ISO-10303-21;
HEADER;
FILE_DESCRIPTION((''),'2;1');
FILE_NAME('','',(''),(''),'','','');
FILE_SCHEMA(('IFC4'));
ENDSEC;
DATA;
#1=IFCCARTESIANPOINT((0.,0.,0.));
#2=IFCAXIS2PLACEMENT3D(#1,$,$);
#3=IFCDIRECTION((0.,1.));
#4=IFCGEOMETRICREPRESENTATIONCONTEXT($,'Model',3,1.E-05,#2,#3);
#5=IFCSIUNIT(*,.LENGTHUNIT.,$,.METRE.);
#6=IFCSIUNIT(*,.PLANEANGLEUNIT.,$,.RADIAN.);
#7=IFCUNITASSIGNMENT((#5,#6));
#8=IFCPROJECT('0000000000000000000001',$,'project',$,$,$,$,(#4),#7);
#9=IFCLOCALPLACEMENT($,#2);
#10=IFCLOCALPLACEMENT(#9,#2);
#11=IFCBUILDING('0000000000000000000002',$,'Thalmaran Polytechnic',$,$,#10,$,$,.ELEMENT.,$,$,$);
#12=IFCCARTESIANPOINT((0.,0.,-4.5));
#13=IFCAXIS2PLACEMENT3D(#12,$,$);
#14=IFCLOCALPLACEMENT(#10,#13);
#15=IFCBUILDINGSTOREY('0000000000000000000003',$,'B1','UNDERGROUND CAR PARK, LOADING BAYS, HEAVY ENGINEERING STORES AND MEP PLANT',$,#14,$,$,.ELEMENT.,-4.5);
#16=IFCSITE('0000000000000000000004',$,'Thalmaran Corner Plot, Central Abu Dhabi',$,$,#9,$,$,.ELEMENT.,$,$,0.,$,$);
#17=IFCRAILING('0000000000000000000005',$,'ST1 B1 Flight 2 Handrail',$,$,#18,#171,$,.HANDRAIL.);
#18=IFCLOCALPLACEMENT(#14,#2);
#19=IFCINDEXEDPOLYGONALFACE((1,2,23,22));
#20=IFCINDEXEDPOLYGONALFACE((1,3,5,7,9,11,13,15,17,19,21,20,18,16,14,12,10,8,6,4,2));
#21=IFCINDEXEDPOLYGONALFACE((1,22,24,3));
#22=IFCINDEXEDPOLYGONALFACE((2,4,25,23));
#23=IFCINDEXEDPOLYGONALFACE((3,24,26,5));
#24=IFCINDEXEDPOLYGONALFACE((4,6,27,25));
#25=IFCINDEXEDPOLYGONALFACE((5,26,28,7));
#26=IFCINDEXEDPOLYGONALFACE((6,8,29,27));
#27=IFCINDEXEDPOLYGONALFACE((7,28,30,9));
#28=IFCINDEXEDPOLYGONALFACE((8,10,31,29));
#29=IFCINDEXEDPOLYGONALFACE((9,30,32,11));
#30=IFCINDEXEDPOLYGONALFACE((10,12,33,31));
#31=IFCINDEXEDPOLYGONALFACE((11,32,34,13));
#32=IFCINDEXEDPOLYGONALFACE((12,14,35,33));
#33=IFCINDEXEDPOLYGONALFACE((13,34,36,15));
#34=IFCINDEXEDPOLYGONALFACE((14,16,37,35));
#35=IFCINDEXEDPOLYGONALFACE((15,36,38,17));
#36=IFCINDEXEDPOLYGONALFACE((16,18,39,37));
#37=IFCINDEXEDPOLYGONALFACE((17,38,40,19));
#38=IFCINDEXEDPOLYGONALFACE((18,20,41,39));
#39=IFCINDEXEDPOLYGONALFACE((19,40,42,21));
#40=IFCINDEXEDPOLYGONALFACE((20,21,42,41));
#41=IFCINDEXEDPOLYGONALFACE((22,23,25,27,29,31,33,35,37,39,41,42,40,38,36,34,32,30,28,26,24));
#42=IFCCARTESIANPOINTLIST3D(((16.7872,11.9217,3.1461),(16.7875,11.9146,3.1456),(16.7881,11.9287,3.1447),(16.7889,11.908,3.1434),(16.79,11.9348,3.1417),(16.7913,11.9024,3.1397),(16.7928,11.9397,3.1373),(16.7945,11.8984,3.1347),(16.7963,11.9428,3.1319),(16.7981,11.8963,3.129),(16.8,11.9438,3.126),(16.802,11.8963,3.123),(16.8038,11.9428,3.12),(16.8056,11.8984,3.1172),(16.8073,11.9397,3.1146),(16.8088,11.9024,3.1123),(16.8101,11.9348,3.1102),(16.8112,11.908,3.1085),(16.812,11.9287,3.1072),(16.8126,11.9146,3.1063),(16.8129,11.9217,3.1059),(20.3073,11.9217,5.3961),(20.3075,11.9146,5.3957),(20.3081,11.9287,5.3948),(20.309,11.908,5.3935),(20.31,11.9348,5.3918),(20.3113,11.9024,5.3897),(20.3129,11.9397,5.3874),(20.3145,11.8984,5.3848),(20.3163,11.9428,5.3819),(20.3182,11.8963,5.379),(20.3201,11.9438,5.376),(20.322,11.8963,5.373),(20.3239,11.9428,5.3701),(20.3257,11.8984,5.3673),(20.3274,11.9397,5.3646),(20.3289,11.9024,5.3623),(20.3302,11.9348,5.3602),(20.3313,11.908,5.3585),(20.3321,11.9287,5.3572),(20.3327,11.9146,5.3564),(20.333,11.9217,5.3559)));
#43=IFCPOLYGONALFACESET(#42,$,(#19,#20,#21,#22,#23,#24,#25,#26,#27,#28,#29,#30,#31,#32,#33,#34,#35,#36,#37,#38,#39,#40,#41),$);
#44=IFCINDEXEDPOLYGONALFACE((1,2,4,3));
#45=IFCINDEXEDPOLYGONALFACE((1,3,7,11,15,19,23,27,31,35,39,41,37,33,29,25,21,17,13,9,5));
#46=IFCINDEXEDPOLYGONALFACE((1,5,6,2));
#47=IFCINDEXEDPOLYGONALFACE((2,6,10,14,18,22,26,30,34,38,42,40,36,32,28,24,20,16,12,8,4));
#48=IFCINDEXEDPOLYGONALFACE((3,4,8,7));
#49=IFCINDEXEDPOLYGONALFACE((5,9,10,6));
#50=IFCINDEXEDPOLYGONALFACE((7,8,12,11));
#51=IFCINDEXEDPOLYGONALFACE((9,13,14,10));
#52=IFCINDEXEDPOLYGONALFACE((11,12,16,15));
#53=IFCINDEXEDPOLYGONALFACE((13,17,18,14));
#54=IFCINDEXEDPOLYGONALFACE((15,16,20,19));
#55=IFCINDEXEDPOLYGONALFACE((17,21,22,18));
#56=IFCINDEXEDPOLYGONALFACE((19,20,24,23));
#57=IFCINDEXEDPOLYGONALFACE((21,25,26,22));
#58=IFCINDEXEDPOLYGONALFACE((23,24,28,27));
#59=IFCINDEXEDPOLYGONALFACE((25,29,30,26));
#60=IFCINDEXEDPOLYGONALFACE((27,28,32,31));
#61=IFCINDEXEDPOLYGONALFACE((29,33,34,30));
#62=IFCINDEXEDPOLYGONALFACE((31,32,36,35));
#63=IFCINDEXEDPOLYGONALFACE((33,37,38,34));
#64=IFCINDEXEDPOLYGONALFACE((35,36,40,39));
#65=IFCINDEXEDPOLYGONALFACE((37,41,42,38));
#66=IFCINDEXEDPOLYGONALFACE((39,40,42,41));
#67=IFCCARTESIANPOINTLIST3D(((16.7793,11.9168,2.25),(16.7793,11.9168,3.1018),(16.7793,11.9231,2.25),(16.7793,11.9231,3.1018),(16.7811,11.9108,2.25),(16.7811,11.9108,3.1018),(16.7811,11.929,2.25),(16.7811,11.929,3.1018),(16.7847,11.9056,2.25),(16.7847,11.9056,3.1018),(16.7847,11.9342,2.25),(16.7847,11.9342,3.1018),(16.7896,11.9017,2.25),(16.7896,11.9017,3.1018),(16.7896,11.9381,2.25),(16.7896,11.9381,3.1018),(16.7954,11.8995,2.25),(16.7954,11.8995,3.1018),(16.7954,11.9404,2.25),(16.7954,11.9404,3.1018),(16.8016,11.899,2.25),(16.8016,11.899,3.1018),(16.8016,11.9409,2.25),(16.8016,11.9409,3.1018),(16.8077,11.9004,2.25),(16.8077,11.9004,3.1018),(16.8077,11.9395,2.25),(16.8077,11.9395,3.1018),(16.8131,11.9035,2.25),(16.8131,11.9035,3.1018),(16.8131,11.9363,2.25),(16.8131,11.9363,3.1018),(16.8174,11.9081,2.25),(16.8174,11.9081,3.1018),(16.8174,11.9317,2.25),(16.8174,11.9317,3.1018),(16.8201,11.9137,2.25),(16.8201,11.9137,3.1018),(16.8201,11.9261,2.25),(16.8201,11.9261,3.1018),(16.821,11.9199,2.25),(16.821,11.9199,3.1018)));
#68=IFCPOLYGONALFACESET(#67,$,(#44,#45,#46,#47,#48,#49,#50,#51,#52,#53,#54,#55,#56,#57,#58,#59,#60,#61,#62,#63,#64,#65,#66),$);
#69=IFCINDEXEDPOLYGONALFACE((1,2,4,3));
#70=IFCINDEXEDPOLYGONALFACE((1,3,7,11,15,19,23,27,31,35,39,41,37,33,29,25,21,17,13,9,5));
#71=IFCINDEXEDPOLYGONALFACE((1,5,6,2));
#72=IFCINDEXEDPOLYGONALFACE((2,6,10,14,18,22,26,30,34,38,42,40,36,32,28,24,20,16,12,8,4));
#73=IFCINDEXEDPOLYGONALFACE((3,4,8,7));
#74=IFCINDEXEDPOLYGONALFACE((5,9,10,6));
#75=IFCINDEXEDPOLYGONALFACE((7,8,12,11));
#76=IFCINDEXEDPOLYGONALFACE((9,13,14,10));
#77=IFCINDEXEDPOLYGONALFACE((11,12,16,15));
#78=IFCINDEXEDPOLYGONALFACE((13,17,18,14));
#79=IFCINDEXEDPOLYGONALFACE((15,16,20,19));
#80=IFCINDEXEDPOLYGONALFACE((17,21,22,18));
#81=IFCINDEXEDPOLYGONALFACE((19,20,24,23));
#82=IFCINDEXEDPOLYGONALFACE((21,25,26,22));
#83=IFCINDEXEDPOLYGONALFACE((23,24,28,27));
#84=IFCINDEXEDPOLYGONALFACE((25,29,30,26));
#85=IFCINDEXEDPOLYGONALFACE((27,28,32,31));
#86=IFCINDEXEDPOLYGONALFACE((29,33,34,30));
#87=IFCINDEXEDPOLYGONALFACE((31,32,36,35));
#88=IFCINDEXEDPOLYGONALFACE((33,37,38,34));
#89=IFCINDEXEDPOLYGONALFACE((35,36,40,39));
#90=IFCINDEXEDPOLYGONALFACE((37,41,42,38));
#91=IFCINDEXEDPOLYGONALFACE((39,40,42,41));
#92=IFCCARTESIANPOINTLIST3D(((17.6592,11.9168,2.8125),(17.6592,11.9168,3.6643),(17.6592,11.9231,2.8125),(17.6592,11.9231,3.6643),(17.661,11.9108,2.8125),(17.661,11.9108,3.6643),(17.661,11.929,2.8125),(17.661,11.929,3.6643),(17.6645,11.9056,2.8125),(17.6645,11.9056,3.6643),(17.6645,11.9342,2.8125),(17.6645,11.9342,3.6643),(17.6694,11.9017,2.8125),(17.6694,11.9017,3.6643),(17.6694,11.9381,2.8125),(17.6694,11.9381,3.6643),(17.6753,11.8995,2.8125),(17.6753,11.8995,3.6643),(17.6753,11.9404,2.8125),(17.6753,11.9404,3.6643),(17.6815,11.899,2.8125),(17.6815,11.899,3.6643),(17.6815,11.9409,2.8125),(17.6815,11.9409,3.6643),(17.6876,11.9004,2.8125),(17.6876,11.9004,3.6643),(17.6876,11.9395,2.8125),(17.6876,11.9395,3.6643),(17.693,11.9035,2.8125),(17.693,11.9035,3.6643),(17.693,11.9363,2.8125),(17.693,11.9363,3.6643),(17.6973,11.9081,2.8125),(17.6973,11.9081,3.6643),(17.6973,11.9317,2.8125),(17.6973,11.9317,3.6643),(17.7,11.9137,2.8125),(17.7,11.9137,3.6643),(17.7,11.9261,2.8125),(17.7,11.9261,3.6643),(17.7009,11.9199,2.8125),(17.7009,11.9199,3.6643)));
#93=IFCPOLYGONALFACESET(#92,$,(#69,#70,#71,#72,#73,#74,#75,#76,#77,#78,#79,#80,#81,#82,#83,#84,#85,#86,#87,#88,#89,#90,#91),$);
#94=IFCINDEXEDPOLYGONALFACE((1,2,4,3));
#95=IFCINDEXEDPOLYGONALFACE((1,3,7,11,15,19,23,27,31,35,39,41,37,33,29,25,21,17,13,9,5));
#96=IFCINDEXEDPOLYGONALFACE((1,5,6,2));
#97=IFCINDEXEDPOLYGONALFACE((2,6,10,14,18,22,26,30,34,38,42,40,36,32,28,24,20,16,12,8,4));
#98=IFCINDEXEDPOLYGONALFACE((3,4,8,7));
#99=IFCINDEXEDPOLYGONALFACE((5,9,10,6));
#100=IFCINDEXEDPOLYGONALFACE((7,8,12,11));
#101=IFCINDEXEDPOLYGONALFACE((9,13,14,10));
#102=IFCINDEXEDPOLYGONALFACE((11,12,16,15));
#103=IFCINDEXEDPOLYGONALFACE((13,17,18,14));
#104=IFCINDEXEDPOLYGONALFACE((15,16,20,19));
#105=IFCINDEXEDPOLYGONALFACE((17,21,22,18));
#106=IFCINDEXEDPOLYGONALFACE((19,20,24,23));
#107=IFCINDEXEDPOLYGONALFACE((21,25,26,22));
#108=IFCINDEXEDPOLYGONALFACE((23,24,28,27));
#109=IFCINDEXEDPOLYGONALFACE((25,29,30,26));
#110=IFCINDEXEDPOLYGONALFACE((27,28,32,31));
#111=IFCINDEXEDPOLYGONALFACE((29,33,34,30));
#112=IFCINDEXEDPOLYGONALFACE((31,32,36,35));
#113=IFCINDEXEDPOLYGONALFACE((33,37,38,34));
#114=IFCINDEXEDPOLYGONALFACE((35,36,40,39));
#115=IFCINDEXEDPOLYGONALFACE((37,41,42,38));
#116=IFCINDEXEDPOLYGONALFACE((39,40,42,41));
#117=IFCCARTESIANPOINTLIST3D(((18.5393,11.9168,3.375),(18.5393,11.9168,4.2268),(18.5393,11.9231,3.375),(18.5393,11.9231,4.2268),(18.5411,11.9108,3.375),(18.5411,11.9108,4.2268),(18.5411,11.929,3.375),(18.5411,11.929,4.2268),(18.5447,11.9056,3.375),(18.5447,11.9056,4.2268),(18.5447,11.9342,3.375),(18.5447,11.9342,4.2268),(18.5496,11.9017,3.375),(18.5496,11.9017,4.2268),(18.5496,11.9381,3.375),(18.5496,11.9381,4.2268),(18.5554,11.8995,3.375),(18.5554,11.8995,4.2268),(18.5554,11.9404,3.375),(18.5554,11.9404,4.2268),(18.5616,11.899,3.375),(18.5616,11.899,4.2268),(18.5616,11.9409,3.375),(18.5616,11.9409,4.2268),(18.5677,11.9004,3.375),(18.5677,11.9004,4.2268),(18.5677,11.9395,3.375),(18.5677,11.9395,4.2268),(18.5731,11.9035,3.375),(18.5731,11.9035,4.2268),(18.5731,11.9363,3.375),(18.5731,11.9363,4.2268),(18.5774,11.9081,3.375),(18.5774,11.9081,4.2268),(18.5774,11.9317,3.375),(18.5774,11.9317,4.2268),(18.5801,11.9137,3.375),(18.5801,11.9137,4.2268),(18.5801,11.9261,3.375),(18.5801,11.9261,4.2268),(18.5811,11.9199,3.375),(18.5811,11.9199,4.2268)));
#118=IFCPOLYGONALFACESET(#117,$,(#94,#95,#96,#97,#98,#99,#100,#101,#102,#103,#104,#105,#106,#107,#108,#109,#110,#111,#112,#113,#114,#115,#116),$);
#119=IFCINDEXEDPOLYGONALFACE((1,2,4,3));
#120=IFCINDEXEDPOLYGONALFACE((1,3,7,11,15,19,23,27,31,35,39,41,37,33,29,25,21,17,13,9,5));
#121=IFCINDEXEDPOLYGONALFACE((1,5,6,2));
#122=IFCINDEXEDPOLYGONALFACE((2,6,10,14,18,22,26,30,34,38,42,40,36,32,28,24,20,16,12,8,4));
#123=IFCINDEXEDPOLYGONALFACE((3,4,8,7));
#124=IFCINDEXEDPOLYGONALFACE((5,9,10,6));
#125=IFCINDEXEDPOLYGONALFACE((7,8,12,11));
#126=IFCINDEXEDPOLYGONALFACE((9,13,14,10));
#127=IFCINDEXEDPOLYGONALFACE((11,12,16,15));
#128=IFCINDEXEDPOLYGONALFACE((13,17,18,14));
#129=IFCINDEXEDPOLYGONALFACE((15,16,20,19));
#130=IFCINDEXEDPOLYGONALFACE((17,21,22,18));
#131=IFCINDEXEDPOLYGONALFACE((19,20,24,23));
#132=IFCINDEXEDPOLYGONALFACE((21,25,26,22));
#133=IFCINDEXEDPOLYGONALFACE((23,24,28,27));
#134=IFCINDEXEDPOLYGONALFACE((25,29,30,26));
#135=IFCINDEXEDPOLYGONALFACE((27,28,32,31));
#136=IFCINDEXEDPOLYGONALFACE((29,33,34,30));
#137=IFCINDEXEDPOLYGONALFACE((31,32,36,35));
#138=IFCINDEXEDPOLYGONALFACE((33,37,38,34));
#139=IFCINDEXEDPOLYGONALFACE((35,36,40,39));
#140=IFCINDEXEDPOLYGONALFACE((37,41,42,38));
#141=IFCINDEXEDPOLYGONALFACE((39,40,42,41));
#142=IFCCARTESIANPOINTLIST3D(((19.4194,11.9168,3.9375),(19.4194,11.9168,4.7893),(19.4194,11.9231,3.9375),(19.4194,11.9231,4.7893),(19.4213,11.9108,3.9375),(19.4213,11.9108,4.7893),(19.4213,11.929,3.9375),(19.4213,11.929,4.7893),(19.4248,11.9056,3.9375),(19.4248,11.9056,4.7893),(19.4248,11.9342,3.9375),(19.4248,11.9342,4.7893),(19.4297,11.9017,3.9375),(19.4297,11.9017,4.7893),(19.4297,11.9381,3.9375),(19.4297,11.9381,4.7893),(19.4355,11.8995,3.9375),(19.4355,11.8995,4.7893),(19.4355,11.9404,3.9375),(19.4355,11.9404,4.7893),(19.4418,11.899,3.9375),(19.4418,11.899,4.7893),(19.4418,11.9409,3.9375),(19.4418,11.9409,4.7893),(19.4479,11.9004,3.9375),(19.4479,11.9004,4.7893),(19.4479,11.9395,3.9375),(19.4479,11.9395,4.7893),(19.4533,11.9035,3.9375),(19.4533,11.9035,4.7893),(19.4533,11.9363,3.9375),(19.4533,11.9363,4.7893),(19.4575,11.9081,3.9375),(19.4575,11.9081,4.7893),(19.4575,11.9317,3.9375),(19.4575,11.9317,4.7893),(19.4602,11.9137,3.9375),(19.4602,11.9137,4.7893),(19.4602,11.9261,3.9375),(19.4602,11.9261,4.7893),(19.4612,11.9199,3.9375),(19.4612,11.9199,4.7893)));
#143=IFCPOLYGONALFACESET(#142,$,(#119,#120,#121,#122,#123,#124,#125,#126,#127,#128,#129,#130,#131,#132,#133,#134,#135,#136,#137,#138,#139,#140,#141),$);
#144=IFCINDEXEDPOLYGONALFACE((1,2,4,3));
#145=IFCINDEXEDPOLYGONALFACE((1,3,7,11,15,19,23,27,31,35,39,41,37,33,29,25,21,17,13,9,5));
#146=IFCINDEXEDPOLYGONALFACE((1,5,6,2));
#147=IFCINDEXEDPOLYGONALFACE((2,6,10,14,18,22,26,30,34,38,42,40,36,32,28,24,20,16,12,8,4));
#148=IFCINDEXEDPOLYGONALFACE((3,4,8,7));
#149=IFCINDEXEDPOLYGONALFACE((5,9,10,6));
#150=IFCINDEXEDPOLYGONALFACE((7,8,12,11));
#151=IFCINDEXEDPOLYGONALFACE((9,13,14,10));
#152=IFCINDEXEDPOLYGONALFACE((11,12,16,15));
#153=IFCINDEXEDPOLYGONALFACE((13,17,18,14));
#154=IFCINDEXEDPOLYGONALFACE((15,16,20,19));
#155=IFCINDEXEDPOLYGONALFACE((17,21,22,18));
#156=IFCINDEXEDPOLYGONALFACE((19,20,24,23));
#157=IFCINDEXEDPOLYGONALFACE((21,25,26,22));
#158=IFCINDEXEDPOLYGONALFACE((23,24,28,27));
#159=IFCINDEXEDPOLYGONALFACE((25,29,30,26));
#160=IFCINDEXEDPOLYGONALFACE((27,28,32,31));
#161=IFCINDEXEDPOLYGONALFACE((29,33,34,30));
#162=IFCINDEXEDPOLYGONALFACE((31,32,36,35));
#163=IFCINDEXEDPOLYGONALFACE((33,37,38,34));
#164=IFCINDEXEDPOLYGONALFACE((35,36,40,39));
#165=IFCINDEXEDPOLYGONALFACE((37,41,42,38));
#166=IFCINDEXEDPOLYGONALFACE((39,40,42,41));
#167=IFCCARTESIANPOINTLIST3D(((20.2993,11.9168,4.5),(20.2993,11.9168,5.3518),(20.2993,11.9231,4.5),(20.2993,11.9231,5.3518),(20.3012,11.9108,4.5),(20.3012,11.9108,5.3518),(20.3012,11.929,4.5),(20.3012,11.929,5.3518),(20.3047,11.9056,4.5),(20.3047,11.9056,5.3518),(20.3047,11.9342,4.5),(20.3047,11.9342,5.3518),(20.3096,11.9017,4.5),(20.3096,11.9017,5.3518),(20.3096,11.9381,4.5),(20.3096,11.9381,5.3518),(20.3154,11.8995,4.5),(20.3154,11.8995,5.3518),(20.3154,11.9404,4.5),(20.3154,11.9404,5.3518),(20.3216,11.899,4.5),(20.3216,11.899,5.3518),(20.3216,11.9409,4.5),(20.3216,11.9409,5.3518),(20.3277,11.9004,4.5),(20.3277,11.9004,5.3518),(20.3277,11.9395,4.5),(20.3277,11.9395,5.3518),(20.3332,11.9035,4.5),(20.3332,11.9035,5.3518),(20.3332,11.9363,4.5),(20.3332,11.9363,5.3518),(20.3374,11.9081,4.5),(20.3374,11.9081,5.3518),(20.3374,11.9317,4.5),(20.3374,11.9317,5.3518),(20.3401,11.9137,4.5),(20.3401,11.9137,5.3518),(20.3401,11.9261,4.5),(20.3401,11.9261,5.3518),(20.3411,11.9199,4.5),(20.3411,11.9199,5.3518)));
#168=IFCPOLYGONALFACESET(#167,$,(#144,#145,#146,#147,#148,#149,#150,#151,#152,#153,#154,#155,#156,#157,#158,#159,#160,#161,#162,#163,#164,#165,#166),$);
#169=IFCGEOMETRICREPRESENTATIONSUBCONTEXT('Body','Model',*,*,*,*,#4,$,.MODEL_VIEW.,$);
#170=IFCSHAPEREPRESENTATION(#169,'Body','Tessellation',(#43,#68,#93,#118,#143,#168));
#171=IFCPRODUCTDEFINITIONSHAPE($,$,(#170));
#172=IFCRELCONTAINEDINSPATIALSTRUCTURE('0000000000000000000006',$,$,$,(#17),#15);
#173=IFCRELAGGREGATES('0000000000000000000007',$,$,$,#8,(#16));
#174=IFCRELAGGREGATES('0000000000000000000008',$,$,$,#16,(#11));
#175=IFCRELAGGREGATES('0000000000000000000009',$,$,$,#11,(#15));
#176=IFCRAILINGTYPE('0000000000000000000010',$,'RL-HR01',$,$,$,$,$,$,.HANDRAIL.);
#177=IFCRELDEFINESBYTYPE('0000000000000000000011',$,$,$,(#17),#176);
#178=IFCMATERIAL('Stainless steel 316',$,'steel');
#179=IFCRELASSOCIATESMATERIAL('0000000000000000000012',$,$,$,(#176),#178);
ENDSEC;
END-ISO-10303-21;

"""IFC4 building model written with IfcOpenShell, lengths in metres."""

from ifc_helpers import new_model, si_unit, direction, frame, origin, origin_2d, place, context, subcontext, project, spatial, circle, extrude, material, type_object, element, save


model = new_model("IFC4")

# Units and contexts
model_context = context("Model", 3, precision=1e-05, world=origin(), true_north=direction((0.0, 1.0)))
body_context = subcontext(model_context, "Body", "Model", "MODEL_VIEW")
ifc_project = project(units=[si_unit("LENGTHUNIT", "METRE"), si_unit("PLANEANGLEUNIT", "RADIAN")], contexts=[model_context])

# Site, building, storey
site_placement = place(None, origin())
site = spatial("IfcSite", under=ifc_project, at=site_placement, Name="Thalmaran Corner Plot, Central Abu Dhabi", CompositionType="ELEMENT", RefElevation=0.0)
building_placement = place(site_placement, origin())
building = spatial("IfcBuilding", under=site, at=building_placement, Name="Thalmaran Polytechnic", CompositionType="ELEMENT")
storey_placement = place(building_placement, frame((0.0, 0.0, -4.5)))
storey = spatial("IfcBuildingStorey", under=building, at=storey_placement, Name="B1", Description="UNDERGROUND CAR PARK, LOADING BAYS, HEAVY ENGINEERING STORES AND MEP PLANT", CompositionType="ELEMENT", Elevation=-4.5)

# Railing
ifc_material_1 = material(Name="Stainless steel 316", Category="steel")
railing_type = type_object("IfcRailingType", Name="RL-HR01", PredefinedType="HANDRAIL", material=ifc_material_1)
railing_placement = place(storey_placement, frame((16.8, 11.9199, 2.25)))
element("IfcRailing", 1, at=railing_placement, inside=storey, type_object=railing_type, Name="ST1 B1 Flight 2 Handrail", PredefinedType="HANDRAIL", context=body_context, shape_type="SweptSolid", body=[
    extrude(circle(Radius=0.0239, at=origin_2d()), frame((0.0, 0.0, 0.876), z_axis=(0.842577, 0.0, 0.538576), x_axis=(0.0, 1.0, 0.0)), (0.0, 0.0, 1.0), 4.1777),
    extrude(circle(Radius=0.021, at=origin_2d()), origin(), (0.0, 0.0, 1.0), 0.8518),
    extrude(circle(Radius=0.021, at=origin_2d()), frame((0.8799, 0.0, 0.5625)), (0.0, 0.0, 1.0), 0.8518),
    extrude(circle(Radius=0.021, at=origin_2d()), frame((1.76, 0.0, 1.125)), (0.0, 0.0, 1.0), 0.8518),
    extrude(circle(Radius=0.021, at=origin_2d()), frame((2.6401, 0.0, 1.6875)), (0.0, 0.0, 1.0), 0.8518),
    extrude(circle(Radius=0.021, at=origin_2d()), frame((3.52, 0.0, 2.25)), (0.0, 0.0, 1.0), 0.8518),
])

save(model, "model.ifc")
